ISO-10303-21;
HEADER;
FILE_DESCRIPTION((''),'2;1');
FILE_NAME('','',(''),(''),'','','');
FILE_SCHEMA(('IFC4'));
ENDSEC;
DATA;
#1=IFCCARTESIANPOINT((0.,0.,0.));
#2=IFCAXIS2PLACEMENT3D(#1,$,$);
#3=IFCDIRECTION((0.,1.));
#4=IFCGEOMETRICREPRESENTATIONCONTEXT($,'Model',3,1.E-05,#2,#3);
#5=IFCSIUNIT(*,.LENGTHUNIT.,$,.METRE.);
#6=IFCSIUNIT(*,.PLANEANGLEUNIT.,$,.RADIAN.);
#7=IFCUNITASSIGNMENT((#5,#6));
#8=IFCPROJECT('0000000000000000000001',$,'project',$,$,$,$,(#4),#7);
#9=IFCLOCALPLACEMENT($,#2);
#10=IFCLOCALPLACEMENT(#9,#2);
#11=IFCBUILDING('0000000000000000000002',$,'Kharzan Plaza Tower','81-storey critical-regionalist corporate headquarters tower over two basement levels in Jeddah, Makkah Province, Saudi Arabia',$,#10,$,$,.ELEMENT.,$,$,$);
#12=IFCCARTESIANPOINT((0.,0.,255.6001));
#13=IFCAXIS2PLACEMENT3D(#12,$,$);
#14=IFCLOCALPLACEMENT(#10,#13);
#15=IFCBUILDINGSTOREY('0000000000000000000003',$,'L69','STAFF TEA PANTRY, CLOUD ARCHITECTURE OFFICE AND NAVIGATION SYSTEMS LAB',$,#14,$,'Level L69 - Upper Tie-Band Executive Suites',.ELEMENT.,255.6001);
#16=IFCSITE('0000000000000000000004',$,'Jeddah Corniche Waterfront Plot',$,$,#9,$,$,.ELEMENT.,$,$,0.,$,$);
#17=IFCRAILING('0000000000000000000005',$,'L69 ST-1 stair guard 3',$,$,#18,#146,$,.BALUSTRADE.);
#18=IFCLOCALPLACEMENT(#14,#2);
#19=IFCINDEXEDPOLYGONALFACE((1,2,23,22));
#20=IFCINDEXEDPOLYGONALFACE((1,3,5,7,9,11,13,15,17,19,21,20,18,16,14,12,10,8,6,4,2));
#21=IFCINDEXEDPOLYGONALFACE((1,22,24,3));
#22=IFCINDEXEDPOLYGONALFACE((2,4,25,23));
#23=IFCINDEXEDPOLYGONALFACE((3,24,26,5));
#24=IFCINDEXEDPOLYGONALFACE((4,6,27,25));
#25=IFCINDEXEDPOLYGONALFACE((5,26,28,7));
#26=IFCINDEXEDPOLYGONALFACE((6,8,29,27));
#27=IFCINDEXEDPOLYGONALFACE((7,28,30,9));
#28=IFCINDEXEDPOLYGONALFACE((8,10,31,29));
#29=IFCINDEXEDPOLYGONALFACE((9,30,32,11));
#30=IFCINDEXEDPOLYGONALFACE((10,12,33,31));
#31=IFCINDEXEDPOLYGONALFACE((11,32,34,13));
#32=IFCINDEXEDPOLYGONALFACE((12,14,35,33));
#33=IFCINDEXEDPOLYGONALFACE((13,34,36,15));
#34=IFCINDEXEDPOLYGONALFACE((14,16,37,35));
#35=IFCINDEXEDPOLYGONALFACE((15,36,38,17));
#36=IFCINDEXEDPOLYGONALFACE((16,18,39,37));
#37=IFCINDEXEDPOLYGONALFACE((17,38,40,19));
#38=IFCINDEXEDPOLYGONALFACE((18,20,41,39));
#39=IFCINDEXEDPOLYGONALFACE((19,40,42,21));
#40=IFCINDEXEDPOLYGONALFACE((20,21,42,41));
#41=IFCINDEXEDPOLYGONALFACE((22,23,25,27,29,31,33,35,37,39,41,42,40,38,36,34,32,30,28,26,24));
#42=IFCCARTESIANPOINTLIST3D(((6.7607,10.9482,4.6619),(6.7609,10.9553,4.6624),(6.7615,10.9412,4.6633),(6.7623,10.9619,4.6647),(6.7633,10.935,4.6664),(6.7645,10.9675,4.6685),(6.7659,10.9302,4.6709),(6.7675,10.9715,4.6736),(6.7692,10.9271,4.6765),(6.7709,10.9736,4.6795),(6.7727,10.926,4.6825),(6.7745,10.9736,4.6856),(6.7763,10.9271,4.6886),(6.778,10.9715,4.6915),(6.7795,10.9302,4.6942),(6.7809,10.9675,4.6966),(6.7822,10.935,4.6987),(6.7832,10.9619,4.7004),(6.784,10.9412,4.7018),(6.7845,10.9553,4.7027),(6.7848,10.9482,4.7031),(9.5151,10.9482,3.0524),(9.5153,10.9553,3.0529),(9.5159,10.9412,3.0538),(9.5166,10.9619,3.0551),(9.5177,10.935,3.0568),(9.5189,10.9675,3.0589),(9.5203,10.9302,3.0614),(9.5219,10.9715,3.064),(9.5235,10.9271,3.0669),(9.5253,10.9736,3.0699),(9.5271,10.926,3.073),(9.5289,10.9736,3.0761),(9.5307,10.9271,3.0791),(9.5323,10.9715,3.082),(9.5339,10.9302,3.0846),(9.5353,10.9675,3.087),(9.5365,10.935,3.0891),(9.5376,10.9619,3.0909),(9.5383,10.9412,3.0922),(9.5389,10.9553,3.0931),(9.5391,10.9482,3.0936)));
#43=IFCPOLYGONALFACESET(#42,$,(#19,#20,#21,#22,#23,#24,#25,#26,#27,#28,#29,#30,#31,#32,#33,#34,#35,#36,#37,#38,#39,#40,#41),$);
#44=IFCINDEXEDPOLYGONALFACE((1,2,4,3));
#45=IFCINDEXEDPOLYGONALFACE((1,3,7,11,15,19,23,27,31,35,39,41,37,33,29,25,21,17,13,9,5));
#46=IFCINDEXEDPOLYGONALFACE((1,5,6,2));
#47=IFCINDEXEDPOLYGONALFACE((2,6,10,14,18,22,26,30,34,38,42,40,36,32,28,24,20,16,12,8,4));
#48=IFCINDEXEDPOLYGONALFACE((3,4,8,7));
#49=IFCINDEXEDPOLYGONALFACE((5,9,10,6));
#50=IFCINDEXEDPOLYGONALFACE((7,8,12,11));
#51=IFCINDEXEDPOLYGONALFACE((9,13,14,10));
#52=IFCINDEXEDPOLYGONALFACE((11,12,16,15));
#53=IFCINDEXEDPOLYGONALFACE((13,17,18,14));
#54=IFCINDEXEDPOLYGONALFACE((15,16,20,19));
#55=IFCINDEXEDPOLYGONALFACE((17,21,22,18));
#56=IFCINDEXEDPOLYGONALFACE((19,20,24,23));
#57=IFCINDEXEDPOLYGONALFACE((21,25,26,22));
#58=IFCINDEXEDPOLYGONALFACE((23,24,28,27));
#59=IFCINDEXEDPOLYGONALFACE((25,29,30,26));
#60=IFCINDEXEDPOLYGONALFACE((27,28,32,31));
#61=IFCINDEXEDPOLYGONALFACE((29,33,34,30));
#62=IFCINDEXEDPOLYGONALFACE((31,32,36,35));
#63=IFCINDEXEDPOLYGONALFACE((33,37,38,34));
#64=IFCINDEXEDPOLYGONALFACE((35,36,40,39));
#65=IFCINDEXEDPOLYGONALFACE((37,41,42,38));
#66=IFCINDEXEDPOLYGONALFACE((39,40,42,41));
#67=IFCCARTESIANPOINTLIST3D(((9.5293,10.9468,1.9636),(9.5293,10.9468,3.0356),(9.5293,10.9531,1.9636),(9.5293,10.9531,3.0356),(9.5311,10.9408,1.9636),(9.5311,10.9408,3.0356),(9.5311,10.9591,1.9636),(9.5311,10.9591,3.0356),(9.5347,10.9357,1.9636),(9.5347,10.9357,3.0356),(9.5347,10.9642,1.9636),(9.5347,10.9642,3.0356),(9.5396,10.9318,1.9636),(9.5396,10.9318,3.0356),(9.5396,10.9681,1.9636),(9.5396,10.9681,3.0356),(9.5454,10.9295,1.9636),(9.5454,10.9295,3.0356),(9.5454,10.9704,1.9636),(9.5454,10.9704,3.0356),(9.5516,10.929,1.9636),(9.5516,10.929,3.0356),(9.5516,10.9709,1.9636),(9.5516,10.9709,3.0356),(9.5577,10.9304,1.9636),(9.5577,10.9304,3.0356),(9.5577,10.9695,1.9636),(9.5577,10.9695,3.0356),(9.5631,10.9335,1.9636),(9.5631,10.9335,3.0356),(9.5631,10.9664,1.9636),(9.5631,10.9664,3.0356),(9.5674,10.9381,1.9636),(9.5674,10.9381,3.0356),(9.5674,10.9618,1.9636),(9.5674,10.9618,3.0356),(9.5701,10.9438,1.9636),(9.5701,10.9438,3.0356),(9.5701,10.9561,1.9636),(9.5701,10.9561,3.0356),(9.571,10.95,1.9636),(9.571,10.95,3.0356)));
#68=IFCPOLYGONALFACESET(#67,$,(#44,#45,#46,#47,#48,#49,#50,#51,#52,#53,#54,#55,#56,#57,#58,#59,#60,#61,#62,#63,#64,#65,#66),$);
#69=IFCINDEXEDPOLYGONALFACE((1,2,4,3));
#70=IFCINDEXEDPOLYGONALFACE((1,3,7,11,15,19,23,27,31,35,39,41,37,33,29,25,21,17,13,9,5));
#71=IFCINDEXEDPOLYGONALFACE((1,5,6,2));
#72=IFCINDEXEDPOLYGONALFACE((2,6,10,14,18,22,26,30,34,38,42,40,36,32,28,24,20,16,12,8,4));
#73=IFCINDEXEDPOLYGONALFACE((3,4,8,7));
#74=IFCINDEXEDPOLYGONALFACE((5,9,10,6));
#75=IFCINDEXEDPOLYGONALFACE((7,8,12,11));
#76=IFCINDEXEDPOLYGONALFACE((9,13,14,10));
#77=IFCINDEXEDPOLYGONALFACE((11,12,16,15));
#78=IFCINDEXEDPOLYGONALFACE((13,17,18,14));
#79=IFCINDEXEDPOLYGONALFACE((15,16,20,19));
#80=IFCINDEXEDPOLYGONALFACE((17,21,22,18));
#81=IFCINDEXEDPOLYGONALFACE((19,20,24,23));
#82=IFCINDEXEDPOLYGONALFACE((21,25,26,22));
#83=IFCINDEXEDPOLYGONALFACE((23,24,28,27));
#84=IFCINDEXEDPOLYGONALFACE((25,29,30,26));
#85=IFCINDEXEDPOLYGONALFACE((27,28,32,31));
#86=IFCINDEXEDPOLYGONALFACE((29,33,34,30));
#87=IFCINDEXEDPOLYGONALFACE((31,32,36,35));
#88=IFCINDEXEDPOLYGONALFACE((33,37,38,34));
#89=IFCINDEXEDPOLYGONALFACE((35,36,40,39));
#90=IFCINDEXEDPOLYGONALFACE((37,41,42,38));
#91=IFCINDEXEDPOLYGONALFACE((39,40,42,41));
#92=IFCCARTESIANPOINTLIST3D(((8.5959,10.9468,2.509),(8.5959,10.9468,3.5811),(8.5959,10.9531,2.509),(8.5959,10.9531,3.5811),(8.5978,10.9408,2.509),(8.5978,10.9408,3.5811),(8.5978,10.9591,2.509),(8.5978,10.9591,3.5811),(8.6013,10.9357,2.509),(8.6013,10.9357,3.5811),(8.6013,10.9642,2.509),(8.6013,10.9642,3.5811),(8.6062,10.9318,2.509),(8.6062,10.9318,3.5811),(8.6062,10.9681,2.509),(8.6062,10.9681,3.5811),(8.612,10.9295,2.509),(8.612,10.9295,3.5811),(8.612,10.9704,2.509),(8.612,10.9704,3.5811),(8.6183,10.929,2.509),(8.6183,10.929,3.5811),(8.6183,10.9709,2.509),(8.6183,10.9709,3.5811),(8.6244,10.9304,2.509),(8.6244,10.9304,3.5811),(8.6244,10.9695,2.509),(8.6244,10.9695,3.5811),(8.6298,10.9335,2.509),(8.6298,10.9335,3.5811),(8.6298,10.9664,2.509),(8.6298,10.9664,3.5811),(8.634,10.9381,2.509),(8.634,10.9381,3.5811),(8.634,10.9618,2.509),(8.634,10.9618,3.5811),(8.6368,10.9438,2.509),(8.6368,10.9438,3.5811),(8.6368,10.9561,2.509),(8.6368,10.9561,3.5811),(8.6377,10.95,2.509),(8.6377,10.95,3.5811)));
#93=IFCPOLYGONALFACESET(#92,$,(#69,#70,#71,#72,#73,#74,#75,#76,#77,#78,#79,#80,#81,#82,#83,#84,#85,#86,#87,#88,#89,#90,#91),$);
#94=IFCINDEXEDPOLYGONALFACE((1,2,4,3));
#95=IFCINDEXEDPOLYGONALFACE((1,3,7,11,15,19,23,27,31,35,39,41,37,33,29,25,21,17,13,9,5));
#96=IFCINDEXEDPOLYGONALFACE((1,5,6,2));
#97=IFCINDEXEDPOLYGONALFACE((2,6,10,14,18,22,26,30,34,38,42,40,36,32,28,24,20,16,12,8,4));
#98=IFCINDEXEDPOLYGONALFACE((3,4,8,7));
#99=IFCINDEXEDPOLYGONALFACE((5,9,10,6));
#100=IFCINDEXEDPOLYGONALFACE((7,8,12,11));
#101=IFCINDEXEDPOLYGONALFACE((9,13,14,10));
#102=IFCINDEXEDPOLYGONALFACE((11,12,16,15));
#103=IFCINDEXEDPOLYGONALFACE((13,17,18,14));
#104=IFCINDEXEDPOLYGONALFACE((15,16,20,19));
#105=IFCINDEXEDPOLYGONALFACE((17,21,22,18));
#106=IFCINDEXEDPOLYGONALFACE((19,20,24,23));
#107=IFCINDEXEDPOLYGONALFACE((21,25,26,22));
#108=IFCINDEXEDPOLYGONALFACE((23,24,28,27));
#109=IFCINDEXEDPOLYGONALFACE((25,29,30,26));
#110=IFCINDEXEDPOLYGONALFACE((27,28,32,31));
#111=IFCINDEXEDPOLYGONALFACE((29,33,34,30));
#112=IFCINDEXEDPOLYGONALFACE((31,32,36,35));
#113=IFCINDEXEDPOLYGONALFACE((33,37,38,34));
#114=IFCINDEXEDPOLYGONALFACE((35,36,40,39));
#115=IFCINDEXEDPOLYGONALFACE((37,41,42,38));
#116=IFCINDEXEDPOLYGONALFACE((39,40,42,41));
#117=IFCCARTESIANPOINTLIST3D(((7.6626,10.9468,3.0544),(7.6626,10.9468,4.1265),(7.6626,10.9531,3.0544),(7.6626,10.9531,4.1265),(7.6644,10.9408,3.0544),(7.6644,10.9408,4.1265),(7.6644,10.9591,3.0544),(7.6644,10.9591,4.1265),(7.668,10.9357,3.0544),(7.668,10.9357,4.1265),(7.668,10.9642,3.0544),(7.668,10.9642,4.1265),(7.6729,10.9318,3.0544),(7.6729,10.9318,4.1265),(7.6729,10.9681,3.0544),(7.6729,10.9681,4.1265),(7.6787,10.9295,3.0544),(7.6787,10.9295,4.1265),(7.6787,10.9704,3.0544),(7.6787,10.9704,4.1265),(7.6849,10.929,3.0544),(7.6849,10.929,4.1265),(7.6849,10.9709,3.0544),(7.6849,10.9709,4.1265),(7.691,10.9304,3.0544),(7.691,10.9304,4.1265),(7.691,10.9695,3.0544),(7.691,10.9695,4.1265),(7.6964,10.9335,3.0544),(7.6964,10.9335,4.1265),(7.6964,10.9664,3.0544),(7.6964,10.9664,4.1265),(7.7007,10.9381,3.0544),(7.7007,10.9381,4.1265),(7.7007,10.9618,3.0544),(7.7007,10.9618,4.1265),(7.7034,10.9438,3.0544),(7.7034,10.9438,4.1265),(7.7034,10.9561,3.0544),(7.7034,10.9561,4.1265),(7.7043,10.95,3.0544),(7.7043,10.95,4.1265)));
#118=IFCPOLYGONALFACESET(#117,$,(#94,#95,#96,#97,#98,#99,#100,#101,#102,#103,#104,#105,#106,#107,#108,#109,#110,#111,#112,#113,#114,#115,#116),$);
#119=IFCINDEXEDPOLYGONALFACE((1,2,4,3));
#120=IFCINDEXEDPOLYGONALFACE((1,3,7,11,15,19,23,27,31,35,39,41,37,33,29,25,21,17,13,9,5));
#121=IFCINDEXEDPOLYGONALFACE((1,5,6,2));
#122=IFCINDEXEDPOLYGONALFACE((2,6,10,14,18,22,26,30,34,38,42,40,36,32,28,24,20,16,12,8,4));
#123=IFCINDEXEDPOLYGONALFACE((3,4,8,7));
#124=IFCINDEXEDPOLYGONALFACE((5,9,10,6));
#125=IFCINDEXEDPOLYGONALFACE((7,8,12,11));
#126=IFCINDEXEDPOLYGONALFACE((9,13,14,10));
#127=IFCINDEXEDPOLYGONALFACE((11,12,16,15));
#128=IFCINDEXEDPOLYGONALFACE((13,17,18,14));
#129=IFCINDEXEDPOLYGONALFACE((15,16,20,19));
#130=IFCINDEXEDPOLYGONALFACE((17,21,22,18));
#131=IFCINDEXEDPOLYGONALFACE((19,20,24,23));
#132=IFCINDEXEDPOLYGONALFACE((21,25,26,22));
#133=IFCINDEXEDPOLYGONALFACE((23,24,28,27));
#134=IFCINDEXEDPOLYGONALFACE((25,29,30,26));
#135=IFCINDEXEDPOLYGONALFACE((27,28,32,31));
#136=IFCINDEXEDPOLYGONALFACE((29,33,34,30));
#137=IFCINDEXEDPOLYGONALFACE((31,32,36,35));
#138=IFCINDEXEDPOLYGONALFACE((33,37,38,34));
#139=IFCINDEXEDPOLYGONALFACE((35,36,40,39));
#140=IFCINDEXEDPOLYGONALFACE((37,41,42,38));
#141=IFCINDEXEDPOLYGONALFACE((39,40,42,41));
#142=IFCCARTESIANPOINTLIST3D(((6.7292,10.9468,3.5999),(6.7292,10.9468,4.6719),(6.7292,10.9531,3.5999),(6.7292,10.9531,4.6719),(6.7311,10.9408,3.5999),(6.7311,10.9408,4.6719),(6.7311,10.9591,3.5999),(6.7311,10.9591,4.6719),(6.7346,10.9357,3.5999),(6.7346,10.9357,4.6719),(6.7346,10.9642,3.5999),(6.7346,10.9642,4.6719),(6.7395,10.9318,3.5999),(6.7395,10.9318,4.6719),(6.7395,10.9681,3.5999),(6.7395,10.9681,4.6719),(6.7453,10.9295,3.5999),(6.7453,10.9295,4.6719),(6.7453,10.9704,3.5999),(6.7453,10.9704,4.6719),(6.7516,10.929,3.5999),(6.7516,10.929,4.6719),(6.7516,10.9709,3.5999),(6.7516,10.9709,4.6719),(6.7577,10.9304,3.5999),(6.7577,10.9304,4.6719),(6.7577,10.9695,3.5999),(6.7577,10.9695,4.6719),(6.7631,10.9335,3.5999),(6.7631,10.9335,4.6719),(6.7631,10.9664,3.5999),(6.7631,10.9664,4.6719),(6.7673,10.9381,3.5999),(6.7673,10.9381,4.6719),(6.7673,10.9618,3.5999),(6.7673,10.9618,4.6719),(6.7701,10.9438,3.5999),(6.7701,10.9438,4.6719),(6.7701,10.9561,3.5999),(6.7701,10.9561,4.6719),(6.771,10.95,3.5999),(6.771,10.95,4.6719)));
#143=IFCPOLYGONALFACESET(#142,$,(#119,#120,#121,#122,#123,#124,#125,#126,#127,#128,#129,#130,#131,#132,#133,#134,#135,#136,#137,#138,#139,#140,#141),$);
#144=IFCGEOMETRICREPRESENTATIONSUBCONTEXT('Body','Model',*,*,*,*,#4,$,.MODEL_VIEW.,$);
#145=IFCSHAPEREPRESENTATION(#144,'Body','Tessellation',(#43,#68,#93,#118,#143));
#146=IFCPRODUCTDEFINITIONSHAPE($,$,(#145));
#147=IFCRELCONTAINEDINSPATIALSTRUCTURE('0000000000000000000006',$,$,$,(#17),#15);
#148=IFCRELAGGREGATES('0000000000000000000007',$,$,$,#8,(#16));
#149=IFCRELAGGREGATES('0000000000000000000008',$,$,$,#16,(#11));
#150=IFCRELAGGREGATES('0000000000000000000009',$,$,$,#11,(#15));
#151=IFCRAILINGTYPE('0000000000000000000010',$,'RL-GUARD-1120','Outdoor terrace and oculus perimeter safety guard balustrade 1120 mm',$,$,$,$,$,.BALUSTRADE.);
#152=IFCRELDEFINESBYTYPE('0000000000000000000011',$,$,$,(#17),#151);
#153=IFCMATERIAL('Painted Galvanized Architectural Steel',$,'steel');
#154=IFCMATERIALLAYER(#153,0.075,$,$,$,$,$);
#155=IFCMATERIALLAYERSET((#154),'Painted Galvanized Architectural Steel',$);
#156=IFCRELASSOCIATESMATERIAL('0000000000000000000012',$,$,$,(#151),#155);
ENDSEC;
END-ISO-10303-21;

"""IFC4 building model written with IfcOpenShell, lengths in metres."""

from ifc_helpers import new_model, si_unit, direction, frame, origin, origin_2d, place, context, subcontext, project, spatial, circle, extrude, source, transform, mapped, material, layer, layer_set, type_object, element, save


model = new_model("IFC4")

# Units and contexts
model_context = context("Model", 3, precision=1e-05, world=origin(), true_north=direction((0.0, 1.0)))
body_context = subcontext(model_context, "Body", "Model", "MODEL_VIEW")
ifc_project = project(units=[si_unit("LENGTHUNIT", "METRE"), si_unit("PLANEANGLEUNIT", "RADIAN")], contexts=[model_context])

# Site, building, storey
site_placement = place(None, origin())
site = spatial("IfcSite", under=ifc_project, at=site_placement, Name="Jeddah Corniche Waterfront Plot", CompositionType="ELEMENT", RefElevation=0.0)
building_placement = place(site_placement, origin())
building = spatial("IfcBuilding", under=site, at=building_placement, Name="Kharzan Plaza Tower", Description="81-storey critical-regionalist corporate headquarters tower over two basement levels in Jeddah, Makkah Province, Saudi Arabia", CompositionType="ELEMENT")
storey_placement = place(building_placement, frame((0.0, 0.0, 255.6001)))
storey = spatial("IfcBuildingStorey", under=building, at=storey_placement, Name="L69", Description="STAFF TEA PANTRY, CLOUD ARCHITECTURE OFFICE AND NAVIGATION SYSTEMS LAB", LongName="Level L69 - Upper Tie-Band Executive Suites", CompositionType="ELEMENT", Elevation=255.6001)

# Railing
ifc_material_1 = material(Name="Painted Galvanized Architectural Steel", Category="steel")
ifc_layer_1 = layer(ifc_material_1, 0.075)
ifc_layer_set_1 = layer_set([ifc_layer_1], Name="Painted Galvanized Architectural Steel")
railing_type_1 = type_object("IfcRailingType", Name="RL-GUARD-1120", Description="Outdoor terrace and oculus perimeter safety guard balustrade 1120 mm", PredefinedType="BALUSTRADE", material=ifc_layer_set_1)
shared_shape_1 = source(origin(), body_context, "Body", "SweptSolid", [
    extrude(circle(Radius=0.0239, at=origin_2d()), frame((-0.0229, 0.0, 1.1094), z_axis=(-0.863394, 0.0, 0.504531), x_axis=(0.0, -1.0, 0.0)), (0.0, 0.0, 1.0), 3.1902),
    extrude(circle(Radius=0.021, at=origin_2d()), origin(), (0.0, 0.0, 1.0), 1.072),
    extrude(circle(Radius=0.021, at=origin_2d()), frame((-0.9333, 0.0, 0.5454)), (0.0, 0.0, 1.0), 1.072),
    extrude(circle(Radius=0.021, at=origin_2d()), frame((-1.8667, 0.0, 1.0908)), (0.0, 0.0, 1.0), 1.072),
    extrude(circle(Radius=0.021, at=origin_2d()), frame((-2.8, 0.0, 1.6362)), (0.0, 0.0, 1.0), 1.072),
])
railing_1_placement = place(storey_placement, frame((9.55, 10.95, 1.9636)))
element("IfcRailing", 1, at=railing_1_placement, inside=storey, type_object=railing_type_1, Name="L69 ST-1 stair guard 3", PredefinedType="BALUSTRADE", context=body_context, shape_type="MappedRepresentation", body=[
    mapped(shared_shape_1, transform((0.0, 0.0, 0.0), x_axis=(1.0, 0.0, 0.0), y_axis=(0.0, 1.0, 0.0), z_axis=(0.0, 0.0, 1.0))),
])

save(model, "model.ifc")
